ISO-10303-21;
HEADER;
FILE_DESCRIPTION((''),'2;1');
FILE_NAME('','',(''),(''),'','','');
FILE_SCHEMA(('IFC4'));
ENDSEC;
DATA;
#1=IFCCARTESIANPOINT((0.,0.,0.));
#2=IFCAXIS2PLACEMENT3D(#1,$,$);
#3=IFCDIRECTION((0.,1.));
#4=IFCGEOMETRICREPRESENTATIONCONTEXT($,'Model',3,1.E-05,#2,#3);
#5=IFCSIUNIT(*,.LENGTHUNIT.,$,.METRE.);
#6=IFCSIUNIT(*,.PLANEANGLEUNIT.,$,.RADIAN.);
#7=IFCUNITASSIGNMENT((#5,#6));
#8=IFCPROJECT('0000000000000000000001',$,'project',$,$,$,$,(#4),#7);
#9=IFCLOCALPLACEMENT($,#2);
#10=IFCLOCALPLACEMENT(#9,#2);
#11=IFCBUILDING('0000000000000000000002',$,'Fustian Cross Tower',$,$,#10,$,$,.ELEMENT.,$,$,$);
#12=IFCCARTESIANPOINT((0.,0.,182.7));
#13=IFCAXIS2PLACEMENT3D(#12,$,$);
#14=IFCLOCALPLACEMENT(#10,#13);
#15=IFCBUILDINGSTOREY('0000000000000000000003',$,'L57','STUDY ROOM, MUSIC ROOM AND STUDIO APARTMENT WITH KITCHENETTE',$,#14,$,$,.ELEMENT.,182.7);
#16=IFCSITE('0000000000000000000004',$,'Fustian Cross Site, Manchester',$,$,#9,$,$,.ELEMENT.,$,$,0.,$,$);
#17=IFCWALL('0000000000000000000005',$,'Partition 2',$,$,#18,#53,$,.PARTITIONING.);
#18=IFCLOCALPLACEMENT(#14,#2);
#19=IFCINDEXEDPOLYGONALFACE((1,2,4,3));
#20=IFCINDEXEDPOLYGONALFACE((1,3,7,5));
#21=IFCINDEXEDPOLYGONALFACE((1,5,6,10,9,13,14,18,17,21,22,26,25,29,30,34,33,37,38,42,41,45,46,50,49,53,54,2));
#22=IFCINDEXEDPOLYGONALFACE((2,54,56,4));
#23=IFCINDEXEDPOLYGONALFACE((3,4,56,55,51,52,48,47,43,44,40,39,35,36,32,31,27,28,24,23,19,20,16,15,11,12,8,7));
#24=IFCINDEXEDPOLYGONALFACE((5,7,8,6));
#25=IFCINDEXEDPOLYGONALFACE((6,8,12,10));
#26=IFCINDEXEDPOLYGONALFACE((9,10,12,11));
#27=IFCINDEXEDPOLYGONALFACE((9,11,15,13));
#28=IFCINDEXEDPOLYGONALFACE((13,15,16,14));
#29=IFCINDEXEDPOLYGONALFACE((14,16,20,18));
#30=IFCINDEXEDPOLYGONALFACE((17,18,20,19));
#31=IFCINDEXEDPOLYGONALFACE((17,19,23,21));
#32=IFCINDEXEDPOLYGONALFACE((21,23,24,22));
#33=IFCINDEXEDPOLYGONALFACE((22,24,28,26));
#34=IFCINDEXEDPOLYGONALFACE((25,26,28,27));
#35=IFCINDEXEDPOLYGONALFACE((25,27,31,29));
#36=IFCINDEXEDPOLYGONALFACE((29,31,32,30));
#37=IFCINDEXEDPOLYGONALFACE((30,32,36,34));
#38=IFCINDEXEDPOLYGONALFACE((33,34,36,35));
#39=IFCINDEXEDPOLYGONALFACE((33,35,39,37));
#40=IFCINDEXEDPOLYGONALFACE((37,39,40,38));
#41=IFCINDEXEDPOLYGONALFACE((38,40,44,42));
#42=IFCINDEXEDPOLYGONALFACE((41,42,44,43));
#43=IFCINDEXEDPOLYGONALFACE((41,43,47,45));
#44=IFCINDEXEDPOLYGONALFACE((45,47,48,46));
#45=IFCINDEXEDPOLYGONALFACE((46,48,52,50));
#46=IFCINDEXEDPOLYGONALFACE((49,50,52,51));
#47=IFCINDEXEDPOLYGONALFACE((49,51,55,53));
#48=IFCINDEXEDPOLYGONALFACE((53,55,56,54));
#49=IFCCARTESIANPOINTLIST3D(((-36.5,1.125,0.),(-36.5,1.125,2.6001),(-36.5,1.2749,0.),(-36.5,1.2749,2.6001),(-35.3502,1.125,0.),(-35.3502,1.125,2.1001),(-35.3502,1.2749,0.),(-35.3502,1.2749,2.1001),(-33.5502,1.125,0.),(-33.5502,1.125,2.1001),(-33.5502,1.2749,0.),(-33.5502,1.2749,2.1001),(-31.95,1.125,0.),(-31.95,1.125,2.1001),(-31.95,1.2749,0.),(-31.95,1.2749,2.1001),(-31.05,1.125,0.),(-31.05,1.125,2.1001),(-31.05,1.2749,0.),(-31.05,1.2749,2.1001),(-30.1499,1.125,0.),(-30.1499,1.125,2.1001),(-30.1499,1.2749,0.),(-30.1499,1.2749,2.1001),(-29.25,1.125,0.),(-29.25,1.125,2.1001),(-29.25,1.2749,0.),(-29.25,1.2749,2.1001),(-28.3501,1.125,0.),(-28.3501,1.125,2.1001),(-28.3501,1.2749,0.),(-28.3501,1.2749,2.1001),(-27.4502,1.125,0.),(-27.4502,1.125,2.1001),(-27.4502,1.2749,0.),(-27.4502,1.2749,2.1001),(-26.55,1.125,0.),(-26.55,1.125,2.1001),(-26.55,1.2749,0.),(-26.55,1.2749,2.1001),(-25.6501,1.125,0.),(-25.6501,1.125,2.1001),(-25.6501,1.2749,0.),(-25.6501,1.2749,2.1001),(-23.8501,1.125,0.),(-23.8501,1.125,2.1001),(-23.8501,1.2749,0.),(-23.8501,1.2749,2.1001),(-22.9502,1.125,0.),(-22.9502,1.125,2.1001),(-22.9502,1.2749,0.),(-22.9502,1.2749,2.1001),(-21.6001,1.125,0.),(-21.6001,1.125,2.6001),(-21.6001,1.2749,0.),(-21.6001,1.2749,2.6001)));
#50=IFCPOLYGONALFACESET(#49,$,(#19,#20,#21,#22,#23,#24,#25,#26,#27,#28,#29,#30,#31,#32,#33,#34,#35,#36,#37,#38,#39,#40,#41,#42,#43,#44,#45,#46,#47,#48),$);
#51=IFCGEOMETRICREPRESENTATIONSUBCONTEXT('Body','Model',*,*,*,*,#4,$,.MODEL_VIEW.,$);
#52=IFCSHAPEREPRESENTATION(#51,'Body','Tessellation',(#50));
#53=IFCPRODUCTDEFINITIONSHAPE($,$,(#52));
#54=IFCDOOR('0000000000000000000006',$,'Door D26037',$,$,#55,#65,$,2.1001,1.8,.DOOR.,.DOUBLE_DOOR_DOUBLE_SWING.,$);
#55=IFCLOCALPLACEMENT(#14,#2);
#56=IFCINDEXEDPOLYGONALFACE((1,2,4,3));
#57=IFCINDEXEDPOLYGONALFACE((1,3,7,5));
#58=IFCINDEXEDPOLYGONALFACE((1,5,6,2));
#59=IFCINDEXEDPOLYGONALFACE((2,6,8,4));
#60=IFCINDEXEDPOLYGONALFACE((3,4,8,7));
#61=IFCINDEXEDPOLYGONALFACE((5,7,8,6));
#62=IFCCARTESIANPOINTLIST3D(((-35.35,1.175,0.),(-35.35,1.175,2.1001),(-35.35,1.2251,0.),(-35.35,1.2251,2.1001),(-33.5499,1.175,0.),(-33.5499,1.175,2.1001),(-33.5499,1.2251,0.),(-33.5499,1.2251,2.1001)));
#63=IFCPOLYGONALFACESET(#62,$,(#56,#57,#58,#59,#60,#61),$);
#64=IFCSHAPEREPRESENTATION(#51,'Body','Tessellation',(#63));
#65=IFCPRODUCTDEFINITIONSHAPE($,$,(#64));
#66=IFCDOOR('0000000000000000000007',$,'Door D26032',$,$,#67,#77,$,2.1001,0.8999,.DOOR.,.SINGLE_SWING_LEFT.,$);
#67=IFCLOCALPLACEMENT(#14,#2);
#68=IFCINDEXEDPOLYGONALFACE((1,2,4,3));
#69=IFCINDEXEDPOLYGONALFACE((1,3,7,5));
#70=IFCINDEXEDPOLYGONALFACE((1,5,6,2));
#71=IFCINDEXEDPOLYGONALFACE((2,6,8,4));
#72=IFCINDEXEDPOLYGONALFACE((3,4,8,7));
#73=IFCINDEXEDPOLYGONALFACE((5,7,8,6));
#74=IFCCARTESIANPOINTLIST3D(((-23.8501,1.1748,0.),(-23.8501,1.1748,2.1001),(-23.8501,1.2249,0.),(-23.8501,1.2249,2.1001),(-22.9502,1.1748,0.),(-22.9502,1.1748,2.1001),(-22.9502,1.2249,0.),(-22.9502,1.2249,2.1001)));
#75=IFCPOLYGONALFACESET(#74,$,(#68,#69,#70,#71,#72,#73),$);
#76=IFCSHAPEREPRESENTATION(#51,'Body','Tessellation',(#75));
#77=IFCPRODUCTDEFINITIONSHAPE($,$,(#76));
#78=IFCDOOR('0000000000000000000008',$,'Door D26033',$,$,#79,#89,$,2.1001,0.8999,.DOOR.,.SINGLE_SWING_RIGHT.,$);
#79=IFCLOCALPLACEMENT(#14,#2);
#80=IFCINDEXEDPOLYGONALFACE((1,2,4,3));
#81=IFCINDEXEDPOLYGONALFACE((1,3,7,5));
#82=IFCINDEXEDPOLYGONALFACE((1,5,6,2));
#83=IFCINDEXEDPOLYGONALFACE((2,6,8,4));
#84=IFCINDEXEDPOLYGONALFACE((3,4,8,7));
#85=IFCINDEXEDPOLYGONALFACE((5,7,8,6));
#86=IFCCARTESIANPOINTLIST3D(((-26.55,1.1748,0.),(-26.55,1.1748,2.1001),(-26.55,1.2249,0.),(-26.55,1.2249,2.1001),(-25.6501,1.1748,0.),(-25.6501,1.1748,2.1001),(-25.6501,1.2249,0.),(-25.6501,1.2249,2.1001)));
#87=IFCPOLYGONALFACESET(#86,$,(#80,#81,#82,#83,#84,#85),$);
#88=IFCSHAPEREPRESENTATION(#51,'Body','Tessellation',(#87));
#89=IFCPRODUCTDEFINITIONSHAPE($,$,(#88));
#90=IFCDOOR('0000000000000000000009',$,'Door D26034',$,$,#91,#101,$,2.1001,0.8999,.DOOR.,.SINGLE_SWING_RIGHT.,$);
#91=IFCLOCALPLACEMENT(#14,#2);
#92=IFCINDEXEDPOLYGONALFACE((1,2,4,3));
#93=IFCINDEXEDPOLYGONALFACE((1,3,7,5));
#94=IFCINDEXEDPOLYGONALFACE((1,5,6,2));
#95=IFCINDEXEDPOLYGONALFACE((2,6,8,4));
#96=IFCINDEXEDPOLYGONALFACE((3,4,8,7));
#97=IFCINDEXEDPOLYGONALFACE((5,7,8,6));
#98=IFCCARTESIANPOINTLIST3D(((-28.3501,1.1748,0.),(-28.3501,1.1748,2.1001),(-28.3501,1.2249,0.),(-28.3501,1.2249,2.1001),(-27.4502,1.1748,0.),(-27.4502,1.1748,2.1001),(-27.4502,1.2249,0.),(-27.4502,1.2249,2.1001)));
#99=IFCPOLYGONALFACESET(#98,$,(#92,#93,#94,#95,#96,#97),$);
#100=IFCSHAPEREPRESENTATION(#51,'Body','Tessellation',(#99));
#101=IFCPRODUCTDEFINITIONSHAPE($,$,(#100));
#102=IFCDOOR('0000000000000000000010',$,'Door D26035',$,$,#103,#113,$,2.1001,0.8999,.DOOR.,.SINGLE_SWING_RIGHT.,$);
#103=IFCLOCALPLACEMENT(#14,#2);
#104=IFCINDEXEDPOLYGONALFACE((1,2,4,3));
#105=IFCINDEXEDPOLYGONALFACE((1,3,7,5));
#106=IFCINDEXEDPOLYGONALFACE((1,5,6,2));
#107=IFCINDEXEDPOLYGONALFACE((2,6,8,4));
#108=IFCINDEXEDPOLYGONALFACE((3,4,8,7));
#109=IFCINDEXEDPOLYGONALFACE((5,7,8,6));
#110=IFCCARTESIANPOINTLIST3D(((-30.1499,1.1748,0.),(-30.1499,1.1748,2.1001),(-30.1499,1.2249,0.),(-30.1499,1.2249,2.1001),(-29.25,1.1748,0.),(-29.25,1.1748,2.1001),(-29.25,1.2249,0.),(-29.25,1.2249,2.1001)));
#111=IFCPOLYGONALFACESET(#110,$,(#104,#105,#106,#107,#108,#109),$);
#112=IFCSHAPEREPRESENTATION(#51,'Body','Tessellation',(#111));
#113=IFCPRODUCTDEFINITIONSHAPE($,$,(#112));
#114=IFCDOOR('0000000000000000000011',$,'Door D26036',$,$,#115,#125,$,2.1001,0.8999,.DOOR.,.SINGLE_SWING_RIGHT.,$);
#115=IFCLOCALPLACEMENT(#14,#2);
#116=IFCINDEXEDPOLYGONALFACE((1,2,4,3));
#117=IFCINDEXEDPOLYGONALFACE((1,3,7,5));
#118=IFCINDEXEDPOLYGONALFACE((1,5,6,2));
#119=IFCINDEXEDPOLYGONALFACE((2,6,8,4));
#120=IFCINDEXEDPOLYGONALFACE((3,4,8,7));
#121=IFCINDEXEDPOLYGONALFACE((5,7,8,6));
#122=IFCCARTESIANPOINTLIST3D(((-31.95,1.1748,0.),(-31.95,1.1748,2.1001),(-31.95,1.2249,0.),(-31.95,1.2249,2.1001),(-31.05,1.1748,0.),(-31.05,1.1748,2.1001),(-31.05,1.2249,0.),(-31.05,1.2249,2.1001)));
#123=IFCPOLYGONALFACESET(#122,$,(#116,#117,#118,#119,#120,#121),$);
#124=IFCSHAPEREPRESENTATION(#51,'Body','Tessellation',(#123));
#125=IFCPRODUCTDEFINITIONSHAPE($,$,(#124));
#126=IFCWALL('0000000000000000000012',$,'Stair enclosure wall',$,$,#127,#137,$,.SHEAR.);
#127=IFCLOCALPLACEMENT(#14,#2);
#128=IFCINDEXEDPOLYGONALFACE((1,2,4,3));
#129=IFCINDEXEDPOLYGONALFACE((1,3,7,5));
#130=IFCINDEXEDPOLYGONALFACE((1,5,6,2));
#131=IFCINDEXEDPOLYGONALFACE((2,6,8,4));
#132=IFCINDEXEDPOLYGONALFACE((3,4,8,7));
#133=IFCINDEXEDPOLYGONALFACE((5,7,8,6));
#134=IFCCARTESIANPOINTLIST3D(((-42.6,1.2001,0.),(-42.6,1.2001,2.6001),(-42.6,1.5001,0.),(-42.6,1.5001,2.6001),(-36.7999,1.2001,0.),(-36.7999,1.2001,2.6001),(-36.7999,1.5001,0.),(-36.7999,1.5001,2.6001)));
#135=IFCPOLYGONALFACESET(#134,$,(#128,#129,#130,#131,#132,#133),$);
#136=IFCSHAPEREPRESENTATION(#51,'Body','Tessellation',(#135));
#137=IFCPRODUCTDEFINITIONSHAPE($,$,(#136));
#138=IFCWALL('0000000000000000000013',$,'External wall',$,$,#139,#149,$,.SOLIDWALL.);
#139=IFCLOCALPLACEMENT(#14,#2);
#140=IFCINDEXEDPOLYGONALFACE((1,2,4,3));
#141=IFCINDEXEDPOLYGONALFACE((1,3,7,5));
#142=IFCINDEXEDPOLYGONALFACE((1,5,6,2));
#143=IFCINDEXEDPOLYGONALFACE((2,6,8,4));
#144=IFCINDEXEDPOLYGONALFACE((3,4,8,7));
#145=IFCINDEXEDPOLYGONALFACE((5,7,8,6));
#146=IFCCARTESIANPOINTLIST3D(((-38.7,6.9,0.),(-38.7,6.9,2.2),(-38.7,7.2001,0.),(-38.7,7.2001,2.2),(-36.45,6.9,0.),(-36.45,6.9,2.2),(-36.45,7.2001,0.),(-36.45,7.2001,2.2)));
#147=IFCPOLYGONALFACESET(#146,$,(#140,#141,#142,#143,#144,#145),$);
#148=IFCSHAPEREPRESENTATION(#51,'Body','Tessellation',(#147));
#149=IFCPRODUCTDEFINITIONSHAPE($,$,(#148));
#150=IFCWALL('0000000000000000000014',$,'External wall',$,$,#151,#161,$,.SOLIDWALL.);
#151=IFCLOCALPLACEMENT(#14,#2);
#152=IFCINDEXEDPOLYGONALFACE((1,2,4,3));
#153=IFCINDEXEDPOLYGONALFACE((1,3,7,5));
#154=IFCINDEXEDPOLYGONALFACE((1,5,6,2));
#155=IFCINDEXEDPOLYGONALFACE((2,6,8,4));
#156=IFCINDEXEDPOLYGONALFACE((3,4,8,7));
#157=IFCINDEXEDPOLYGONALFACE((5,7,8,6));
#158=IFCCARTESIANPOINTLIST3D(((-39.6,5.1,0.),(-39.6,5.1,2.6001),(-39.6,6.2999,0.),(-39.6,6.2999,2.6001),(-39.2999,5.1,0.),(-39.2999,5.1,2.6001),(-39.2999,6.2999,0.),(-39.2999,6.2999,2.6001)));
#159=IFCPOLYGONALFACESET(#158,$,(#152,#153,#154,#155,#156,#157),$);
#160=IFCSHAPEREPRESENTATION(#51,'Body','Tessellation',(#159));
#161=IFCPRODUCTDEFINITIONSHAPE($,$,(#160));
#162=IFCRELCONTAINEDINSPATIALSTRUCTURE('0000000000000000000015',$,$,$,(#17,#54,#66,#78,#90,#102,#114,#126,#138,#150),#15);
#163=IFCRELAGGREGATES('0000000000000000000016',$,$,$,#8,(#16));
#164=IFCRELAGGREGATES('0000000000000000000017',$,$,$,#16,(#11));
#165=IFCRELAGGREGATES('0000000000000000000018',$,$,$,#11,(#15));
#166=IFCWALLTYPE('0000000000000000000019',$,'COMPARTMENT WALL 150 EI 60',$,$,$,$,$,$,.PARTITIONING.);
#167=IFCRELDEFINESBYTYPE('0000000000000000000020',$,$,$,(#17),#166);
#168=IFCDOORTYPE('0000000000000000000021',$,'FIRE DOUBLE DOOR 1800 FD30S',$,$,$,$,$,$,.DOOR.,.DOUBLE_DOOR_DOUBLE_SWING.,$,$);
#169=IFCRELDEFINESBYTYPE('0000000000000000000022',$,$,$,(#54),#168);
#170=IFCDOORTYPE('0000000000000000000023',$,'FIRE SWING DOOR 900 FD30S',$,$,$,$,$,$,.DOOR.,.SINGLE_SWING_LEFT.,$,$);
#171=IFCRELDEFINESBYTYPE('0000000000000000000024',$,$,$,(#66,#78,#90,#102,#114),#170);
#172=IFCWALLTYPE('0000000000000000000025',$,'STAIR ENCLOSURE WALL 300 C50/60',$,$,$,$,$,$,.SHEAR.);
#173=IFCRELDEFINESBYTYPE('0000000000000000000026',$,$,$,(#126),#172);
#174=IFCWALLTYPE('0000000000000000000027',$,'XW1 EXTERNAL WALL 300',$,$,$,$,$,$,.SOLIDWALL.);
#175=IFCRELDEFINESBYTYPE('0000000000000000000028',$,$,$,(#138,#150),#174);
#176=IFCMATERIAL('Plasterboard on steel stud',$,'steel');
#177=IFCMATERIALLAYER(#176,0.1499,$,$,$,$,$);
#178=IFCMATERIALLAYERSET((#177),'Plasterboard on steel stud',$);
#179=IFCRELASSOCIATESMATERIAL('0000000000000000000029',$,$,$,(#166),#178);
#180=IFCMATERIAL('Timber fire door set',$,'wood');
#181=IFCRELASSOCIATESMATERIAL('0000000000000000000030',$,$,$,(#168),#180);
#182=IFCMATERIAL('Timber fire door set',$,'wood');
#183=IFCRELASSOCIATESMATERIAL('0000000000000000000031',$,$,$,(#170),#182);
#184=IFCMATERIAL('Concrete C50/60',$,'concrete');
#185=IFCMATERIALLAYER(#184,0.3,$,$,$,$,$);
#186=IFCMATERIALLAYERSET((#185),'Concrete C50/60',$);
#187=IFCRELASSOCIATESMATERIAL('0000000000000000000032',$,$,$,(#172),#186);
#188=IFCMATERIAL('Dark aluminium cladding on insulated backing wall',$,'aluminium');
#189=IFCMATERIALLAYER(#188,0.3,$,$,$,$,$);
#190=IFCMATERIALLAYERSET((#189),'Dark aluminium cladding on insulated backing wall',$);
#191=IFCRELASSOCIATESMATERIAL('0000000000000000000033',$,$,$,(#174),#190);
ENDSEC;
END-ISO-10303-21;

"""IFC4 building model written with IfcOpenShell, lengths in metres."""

from ifc_helpers import new_model, si_unit, direction, frame, frame_2d, origin, place, context, subcontext, project, spatial, rectangle, extrude, material, layer, layer_set, type_object, element, fill, save


model = new_model("IFC4")

# Units and contexts
model_context = context("Model", 3, precision=1e-05, world=origin(), true_north=direction((0.0, 1.0)))
body_context = subcontext(model_context, "Body", "Model", "MODEL_VIEW")
ifc_project = project(units=[si_unit("LENGTHUNIT", "METRE"), si_unit("PLANEANGLEUNIT", "RADIAN")], contexts=[model_context])

# Site, building, storey
site_placement = place(None, origin())
site = spatial("IfcSite", under=ifc_project, at=site_placement, Name="Fustian Cross Site, Manchester", CompositionType="ELEMENT", RefElevation=0.0)
building_placement = place(site_placement, origin())
building = spatial("IfcBuilding", under=site, at=building_placement, Name="Fustian Cross Tower", CompositionType="ELEMENT")
storey_placement = place(building_placement, frame((0.0, 0.0, 182.7)))
storey = spatial("IfcBuildingStorey", under=building, at=storey_placement, Name="L57", Description="STUDY ROOM, MUSIC ROOM AND STUDIO APARTMENT WITH KITCHENETTE", CompositionType="ELEMENT", Elevation=182.7)

# Wall, openings, doors
ifc_material_1 = material(Name="Plasterboard on steel stud", Category="steel")
ifc_layer_1 = layer(ifc_material_1, 0.1499)
ifc_layer_set_1 = layer_set([ifc_layer_1], Name="Plasterboard on steel stud")
wall_type_1 = type_object("IfcWallType", Name="COMPARTMENT WALL 150 EI 60", PredefinedType="PARTITIONING", material=ifc_layer_set_1)
ifc_material_2 = material(Name="Timber fire door set", Category="wood")
door_type_1 = type_object("IfcDoorType", Name="FIRE DOUBLE DOOR 1800 FD30S", OperationType="DOUBLE_DOOR_DOUBLE_SWING", PredefinedType="DOOR", material=ifc_material_2)
ifc_material_3 = material(Name="Timber fire door set", Category="wood")
door_type_2 = type_object("IfcDoorType", Name="FIRE SWING DOOR 900 FD30S", OperationType="SINGLE_SWING_LEFT", PredefinedType="DOOR", material=ifc_material_3)
wall_1_placement = place(storey_placement, frame((-36.5, 1.2, 0.0), z_axis=(0.0, 0.0, 1.0), x_axis=(1.0, 0.0, 0.0)))
wall_1 = element("IfcWall", 1, at=wall_1_placement, inside=storey, type_object=wall_type_1, Name="Partition 2", PredefinedType="PARTITIONING", context=body_context, shape_type="SweptSolid", body=[
    extrude(rectangle(XDim=14.8999, YDim=0.1499, at=frame_2d((7.45, 0.0))), origin(), (0.0, 0.0, 1.0), 2.6001),
])
opening_1_placement = place(wall_1_placement, frame((12.6499, 0.0, 0.0)))
opening_1 = element("IfcOpeningElement", 2, at=opening_1_placement, cuts=wall_1, PredefinedType="OPENING", context=body_context, shape_type="SweptSolid", body=[
    extrude(rectangle(XDim=0.8999, YDim=2.1001, at=frame_2d((0.45, 1.05))), frame((0.0, 0.085, 0.0), z_axis=(0.0, -1.0, 0.0), x_axis=(1.0, 0.0, 0.0)), (0.0, 0.0, 1.0), 0.1699),
])
opening_2_placement = place(wall_1_placement, frame((9.95, 0.0, 0.0)))
opening_2 = element("IfcOpeningElement", 3, at=opening_2_placement, cuts=wall_1, PredefinedType="OPENING", context=body_context, shape_type="SweptSolid", body=[
    extrude(rectangle(XDim=0.8999, YDim=2.1001, at=frame_2d((0.45, 1.05))), frame((0.0, 0.085, 0.0), z_axis=(0.0, -1.0, 0.0), x_axis=(1.0, 0.0, 0.0)), (0.0, 0.0, 1.0), 0.1699),
])
opening_3_placement = place(wall_1_placement, frame((8.1499, 0.0, 0.0)))
opening_3 = element("IfcOpeningElement", 4, at=opening_3_placement, cuts=wall_1, PredefinedType="OPENING", context=body_context, shape_type="SweptSolid", body=[
    extrude(rectangle(XDim=0.8999, YDim=2.1001, at=frame_2d((0.45, 1.05))), frame((0.0, 0.085, 0.0), z_axis=(0.0, -1.0, 0.0), x_axis=(1.0, 0.0, 0.0)), (0.0, 0.0, 1.0), 0.1699),
])
opening_4_placement = place(wall_1_placement, frame((6.3501, 0.0, 0.0)))
opening_4 = element("IfcOpeningElement", 5, at=opening_4_placement, cuts=wall_1, PredefinedType="OPENING", context=body_context, shape_type="SweptSolid", body=[
    extrude(rectangle(XDim=0.8999, YDim=2.1001, at=frame_2d((0.45, 1.05))), frame((0.0, 0.085, 0.0), z_axis=(0.0, -1.0, 0.0), x_axis=(1.0, 0.0, 0.0)), (0.0, 0.0, 1.0), 0.1699),
])
opening_5_placement = place(wall_1_placement, frame((4.55, 0.0, 0.0)))
opening_5 = element("IfcOpeningElement", 6, at=opening_5_placement, cuts=wall_1, PredefinedType="OPENING", context=body_context, shape_type="SweptSolid", body=[
    extrude(rectangle(XDim=0.8999, YDim=2.1001, at=frame_2d((0.45, 1.05))), frame((0.0, 0.085, 0.0), z_axis=(0.0, -1.0, 0.0), x_axis=(1.0, 0.0, 0.0)), (0.0, 0.0, 1.0), 0.1699),
])
opening_6_placement = place(wall_1_placement, frame((1.1499, 0.0, 0.0)))
opening_6 = element("IfcOpeningElement", 7, at=opening_6_placement, cuts=wall_1, PredefinedType="OPENING", context=body_context, shape_type="SweptSolid", body=[
    extrude(rectangle(XDim=1.8, YDim=2.1001, at=frame_2d((0.8999, 1.05))), frame((0.0, 0.085, 0.0), z_axis=(0.0, -1.0, 0.0), x_axis=(1.0, 0.0, 0.0)), (0.0, 0.0, 1.0), 0.1699),
])
door_1_placement = place(opening_6_placement, frame((1.8, 0.0, 0.0), z_axis=(0.0, 0.0, 1.0), x_axis=(-1.0, 0.0, 0.0)))
door_1 = element("IfcDoor", 8, at=door_1_placement, inside=storey, type_object=door_type_1, Name="Door D26037", OperationType="DOUBLE_DOOR_DOUBLE_SWING", OverallHeight=2.1001, OverallWidth=1.8, PredefinedType="DOOR", context=body_context, shape_type="SweptSolid", body=[
    extrude(rectangle(XDim=1.8, YDim=2.1001, at=frame_2d((0.8999, 1.05))), frame((0.0, 0.0249, 0.0), z_axis=(0.0, -1.0, 0.0), x_axis=(1.0, 0.0, 0.0)), (0.0, 0.0, 1.0), 0.05),
])
fill(opening_6, door_1)
door_2_placement = place(opening_1_placement, origin())
door_2 = element("IfcDoor", 9, at=door_2_placement, inside=storey, type_object=door_type_2, Name="Door D26032", OperationType="SINGLE_SWING_LEFT", OverallHeight=2.1001, OverallWidth=0.8999, PredefinedType="DOOR", context=body_context, shape_type="SweptSolid", body=[
    extrude(rectangle(XDim=0.8999, YDim=2.1001, at=frame_2d((0.45, 1.05))), frame((0.0, 0.0249, 0.0), z_axis=(0.0, -1.0, 0.0), x_axis=(1.0, 0.0, 0.0)), (0.0, 0.0, 1.0), 0.05),
])
fill(opening_1, door_2)
door_3_placement = place(opening_2_placement, origin())
door_3 = element("IfcDoor", 10, at=door_3_placement, inside=storey, type_object=door_type_2, Name="Door D26033", OperationType="SINGLE_SWING_RIGHT", OverallHeight=2.1001, OverallWidth=0.8999, PredefinedType="DOOR", context=body_context, shape_type="SweptSolid", body=[
    extrude(rectangle(XDim=0.8999, YDim=2.1001, at=frame_2d((0.45, 1.05))), frame((0.0, 0.0249, 0.0), z_axis=(0.0, -1.0, 0.0), x_axis=(1.0, 0.0, 0.0)), (0.0, 0.0, 1.0), 0.05),
])
fill(opening_2, door_3)
door_4_placement = place(opening_3_placement, origin())
door_4 = element("IfcDoor", 11, at=door_4_placement, inside=storey, type_object=door_type_2, Name="Door D26034", OperationType="SINGLE_SWING_RIGHT", OverallHeight=2.1001, OverallWidth=0.8999, PredefinedType="DOOR", context=body_context, shape_type="SweptSolid", body=[
    extrude(rectangle(XDim=0.8999, YDim=2.1001, at=frame_2d((0.45, 1.05))), frame((0.0, 0.0249, 0.0), z_axis=(0.0, -1.0, 0.0), x_axis=(1.0, 0.0, 0.0)), (0.0, 0.0, 1.0), 0.05),
])
fill(opening_3, door_4)
door_5_placement = place(opening_4_placement, origin())
door_5 = element("IfcDoor", 12, at=door_5_placement, inside=storey, type_object=door_type_2, Name="Door D26035", OperationType="SINGLE_SWING_RIGHT", OverallHeight=2.1001, OverallWidth=0.8999, PredefinedType="DOOR", context=body_context, shape_type="SweptSolid", body=[
    extrude(rectangle(XDim=0.8999, YDim=2.1001, at=frame_2d((0.45, 1.05))), frame((0.0, 0.0249, 0.0), z_axis=(0.0, -1.0, 0.0), x_axis=(1.0, 0.0, 0.0)), (0.0, 0.0, 1.0), 0.05),
])
fill(opening_4, door_5)
door_6_placement = place(opening_5_placement, origin())
door_6 = element("IfcDoor", 13, at=door_6_placement, inside=storey, type_object=door_type_2, Name="Door D26036", OperationType="SINGLE_SWING_RIGHT", OverallHeight=2.1001, OverallWidth=0.8999, PredefinedType="DOOR", context=body_context, shape_type="SweptSolid", body=[
    extrude(rectangle(XDim=0.8999, YDim=2.1001, at=frame_2d((0.45, 1.05))), frame((0.0, 0.0249, 0.0), z_axis=(0.0, -1.0, 0.0), x_axis=(1.0, 0.0, 0.0)), (0.0, 0.0, 1.0), 0.05),
])
fill(opening_5, door_6)

# Walls
ifc_material_4 = material(Name="Concrete C50/60", Category="concrete")
ifc_layer_2 = layer(ifc_material_4, 0.3)
ifc_layer_set_2 = layer_set([ifc_layer_2], Name="Concrete C50/60")
wall_type_2 = type_object("IfcWallType", Name="STAIR ENCLOSURE WALL 300 C50/60", PredefinedType="SHEAR", material=ifc_layer_set_2)
wall_2_placement = place(storey_placement, frame((-36.8, 1.3501, 0.0), z_axis=(0.0, 0.0, 1.0), x_axis=(-1.0, 0.0, 0.0)))
element("IfcWall", 14, at=wall_2_placement, inside=storey, type_object=wall_type_2, Name="Stair enclosure wall", PredefinedType="SHEAR", context=body_context, shape_type="SweptSolid", body=[
    extrude(rectangle(XDim=5.8, YDim=0.3, at=frame_2d((2.8999, 0.0))), origin(), (0.0, 0.0, 1.0), 2.6001),
])
ifc_material_5 = material(Name="Dark aluminium cladding on insulated backing wall", Category="aluminium")
ifc_layer_3 = layer(ifc_material_5, 0.3)
ifc_layer_set_3 = layer_set([ifc_layer_3], Name="Dark aluminium cladding on insulated backing wall")
wall_type_3 = type_object("IfcWallType", Name="XW1 EXTERNAL WALL 300", PredefinedType="SOLIDWALL", material=ifc_layer_set_3)
wall_3_placement = place(storey_placement, frame((-36.45, 7.05, 0.0), z_axis=(0.0, 0.0, 1.0), x_axis=(-1.0, 0.0, 0.0)))
element("IfcWall", 15, at=wall_3_placement, inside=storey, type_object=wall_type_3, Name="External wall", PredefinedType="SOLIDWALL", context=body_context, shape_type="SweptSolid", body=[
    extrude(rectangle(XDim=2.25, YDim=0.3, at=frame_2d((1.125, 0.0))), origin(), (0.0, 0.0, 1.0), 2.2),
])
wall_4_placement = place(storey_placement, frame((-39.45, 6.3, 0.0), z_axis=(0.0, 0.0, 1.0), x_axis=(0.0, -1.0, 0.0)))
element("IfcWall", 16, at=wall_4_placement, inside=storey, type_object=wall_type_3, Name="External wall", PredefinedType="SOLIDWALL", context=body_context, shape_type="SweptSolid", body=[
    extrude(rectangle(XDim=1.2, YDim=0.3, at=frame_2d((0.6001, 0.0))), origin(), (0.0, 0.0, 1.0), 2.6001),
])

save(model, "model.ifc")
